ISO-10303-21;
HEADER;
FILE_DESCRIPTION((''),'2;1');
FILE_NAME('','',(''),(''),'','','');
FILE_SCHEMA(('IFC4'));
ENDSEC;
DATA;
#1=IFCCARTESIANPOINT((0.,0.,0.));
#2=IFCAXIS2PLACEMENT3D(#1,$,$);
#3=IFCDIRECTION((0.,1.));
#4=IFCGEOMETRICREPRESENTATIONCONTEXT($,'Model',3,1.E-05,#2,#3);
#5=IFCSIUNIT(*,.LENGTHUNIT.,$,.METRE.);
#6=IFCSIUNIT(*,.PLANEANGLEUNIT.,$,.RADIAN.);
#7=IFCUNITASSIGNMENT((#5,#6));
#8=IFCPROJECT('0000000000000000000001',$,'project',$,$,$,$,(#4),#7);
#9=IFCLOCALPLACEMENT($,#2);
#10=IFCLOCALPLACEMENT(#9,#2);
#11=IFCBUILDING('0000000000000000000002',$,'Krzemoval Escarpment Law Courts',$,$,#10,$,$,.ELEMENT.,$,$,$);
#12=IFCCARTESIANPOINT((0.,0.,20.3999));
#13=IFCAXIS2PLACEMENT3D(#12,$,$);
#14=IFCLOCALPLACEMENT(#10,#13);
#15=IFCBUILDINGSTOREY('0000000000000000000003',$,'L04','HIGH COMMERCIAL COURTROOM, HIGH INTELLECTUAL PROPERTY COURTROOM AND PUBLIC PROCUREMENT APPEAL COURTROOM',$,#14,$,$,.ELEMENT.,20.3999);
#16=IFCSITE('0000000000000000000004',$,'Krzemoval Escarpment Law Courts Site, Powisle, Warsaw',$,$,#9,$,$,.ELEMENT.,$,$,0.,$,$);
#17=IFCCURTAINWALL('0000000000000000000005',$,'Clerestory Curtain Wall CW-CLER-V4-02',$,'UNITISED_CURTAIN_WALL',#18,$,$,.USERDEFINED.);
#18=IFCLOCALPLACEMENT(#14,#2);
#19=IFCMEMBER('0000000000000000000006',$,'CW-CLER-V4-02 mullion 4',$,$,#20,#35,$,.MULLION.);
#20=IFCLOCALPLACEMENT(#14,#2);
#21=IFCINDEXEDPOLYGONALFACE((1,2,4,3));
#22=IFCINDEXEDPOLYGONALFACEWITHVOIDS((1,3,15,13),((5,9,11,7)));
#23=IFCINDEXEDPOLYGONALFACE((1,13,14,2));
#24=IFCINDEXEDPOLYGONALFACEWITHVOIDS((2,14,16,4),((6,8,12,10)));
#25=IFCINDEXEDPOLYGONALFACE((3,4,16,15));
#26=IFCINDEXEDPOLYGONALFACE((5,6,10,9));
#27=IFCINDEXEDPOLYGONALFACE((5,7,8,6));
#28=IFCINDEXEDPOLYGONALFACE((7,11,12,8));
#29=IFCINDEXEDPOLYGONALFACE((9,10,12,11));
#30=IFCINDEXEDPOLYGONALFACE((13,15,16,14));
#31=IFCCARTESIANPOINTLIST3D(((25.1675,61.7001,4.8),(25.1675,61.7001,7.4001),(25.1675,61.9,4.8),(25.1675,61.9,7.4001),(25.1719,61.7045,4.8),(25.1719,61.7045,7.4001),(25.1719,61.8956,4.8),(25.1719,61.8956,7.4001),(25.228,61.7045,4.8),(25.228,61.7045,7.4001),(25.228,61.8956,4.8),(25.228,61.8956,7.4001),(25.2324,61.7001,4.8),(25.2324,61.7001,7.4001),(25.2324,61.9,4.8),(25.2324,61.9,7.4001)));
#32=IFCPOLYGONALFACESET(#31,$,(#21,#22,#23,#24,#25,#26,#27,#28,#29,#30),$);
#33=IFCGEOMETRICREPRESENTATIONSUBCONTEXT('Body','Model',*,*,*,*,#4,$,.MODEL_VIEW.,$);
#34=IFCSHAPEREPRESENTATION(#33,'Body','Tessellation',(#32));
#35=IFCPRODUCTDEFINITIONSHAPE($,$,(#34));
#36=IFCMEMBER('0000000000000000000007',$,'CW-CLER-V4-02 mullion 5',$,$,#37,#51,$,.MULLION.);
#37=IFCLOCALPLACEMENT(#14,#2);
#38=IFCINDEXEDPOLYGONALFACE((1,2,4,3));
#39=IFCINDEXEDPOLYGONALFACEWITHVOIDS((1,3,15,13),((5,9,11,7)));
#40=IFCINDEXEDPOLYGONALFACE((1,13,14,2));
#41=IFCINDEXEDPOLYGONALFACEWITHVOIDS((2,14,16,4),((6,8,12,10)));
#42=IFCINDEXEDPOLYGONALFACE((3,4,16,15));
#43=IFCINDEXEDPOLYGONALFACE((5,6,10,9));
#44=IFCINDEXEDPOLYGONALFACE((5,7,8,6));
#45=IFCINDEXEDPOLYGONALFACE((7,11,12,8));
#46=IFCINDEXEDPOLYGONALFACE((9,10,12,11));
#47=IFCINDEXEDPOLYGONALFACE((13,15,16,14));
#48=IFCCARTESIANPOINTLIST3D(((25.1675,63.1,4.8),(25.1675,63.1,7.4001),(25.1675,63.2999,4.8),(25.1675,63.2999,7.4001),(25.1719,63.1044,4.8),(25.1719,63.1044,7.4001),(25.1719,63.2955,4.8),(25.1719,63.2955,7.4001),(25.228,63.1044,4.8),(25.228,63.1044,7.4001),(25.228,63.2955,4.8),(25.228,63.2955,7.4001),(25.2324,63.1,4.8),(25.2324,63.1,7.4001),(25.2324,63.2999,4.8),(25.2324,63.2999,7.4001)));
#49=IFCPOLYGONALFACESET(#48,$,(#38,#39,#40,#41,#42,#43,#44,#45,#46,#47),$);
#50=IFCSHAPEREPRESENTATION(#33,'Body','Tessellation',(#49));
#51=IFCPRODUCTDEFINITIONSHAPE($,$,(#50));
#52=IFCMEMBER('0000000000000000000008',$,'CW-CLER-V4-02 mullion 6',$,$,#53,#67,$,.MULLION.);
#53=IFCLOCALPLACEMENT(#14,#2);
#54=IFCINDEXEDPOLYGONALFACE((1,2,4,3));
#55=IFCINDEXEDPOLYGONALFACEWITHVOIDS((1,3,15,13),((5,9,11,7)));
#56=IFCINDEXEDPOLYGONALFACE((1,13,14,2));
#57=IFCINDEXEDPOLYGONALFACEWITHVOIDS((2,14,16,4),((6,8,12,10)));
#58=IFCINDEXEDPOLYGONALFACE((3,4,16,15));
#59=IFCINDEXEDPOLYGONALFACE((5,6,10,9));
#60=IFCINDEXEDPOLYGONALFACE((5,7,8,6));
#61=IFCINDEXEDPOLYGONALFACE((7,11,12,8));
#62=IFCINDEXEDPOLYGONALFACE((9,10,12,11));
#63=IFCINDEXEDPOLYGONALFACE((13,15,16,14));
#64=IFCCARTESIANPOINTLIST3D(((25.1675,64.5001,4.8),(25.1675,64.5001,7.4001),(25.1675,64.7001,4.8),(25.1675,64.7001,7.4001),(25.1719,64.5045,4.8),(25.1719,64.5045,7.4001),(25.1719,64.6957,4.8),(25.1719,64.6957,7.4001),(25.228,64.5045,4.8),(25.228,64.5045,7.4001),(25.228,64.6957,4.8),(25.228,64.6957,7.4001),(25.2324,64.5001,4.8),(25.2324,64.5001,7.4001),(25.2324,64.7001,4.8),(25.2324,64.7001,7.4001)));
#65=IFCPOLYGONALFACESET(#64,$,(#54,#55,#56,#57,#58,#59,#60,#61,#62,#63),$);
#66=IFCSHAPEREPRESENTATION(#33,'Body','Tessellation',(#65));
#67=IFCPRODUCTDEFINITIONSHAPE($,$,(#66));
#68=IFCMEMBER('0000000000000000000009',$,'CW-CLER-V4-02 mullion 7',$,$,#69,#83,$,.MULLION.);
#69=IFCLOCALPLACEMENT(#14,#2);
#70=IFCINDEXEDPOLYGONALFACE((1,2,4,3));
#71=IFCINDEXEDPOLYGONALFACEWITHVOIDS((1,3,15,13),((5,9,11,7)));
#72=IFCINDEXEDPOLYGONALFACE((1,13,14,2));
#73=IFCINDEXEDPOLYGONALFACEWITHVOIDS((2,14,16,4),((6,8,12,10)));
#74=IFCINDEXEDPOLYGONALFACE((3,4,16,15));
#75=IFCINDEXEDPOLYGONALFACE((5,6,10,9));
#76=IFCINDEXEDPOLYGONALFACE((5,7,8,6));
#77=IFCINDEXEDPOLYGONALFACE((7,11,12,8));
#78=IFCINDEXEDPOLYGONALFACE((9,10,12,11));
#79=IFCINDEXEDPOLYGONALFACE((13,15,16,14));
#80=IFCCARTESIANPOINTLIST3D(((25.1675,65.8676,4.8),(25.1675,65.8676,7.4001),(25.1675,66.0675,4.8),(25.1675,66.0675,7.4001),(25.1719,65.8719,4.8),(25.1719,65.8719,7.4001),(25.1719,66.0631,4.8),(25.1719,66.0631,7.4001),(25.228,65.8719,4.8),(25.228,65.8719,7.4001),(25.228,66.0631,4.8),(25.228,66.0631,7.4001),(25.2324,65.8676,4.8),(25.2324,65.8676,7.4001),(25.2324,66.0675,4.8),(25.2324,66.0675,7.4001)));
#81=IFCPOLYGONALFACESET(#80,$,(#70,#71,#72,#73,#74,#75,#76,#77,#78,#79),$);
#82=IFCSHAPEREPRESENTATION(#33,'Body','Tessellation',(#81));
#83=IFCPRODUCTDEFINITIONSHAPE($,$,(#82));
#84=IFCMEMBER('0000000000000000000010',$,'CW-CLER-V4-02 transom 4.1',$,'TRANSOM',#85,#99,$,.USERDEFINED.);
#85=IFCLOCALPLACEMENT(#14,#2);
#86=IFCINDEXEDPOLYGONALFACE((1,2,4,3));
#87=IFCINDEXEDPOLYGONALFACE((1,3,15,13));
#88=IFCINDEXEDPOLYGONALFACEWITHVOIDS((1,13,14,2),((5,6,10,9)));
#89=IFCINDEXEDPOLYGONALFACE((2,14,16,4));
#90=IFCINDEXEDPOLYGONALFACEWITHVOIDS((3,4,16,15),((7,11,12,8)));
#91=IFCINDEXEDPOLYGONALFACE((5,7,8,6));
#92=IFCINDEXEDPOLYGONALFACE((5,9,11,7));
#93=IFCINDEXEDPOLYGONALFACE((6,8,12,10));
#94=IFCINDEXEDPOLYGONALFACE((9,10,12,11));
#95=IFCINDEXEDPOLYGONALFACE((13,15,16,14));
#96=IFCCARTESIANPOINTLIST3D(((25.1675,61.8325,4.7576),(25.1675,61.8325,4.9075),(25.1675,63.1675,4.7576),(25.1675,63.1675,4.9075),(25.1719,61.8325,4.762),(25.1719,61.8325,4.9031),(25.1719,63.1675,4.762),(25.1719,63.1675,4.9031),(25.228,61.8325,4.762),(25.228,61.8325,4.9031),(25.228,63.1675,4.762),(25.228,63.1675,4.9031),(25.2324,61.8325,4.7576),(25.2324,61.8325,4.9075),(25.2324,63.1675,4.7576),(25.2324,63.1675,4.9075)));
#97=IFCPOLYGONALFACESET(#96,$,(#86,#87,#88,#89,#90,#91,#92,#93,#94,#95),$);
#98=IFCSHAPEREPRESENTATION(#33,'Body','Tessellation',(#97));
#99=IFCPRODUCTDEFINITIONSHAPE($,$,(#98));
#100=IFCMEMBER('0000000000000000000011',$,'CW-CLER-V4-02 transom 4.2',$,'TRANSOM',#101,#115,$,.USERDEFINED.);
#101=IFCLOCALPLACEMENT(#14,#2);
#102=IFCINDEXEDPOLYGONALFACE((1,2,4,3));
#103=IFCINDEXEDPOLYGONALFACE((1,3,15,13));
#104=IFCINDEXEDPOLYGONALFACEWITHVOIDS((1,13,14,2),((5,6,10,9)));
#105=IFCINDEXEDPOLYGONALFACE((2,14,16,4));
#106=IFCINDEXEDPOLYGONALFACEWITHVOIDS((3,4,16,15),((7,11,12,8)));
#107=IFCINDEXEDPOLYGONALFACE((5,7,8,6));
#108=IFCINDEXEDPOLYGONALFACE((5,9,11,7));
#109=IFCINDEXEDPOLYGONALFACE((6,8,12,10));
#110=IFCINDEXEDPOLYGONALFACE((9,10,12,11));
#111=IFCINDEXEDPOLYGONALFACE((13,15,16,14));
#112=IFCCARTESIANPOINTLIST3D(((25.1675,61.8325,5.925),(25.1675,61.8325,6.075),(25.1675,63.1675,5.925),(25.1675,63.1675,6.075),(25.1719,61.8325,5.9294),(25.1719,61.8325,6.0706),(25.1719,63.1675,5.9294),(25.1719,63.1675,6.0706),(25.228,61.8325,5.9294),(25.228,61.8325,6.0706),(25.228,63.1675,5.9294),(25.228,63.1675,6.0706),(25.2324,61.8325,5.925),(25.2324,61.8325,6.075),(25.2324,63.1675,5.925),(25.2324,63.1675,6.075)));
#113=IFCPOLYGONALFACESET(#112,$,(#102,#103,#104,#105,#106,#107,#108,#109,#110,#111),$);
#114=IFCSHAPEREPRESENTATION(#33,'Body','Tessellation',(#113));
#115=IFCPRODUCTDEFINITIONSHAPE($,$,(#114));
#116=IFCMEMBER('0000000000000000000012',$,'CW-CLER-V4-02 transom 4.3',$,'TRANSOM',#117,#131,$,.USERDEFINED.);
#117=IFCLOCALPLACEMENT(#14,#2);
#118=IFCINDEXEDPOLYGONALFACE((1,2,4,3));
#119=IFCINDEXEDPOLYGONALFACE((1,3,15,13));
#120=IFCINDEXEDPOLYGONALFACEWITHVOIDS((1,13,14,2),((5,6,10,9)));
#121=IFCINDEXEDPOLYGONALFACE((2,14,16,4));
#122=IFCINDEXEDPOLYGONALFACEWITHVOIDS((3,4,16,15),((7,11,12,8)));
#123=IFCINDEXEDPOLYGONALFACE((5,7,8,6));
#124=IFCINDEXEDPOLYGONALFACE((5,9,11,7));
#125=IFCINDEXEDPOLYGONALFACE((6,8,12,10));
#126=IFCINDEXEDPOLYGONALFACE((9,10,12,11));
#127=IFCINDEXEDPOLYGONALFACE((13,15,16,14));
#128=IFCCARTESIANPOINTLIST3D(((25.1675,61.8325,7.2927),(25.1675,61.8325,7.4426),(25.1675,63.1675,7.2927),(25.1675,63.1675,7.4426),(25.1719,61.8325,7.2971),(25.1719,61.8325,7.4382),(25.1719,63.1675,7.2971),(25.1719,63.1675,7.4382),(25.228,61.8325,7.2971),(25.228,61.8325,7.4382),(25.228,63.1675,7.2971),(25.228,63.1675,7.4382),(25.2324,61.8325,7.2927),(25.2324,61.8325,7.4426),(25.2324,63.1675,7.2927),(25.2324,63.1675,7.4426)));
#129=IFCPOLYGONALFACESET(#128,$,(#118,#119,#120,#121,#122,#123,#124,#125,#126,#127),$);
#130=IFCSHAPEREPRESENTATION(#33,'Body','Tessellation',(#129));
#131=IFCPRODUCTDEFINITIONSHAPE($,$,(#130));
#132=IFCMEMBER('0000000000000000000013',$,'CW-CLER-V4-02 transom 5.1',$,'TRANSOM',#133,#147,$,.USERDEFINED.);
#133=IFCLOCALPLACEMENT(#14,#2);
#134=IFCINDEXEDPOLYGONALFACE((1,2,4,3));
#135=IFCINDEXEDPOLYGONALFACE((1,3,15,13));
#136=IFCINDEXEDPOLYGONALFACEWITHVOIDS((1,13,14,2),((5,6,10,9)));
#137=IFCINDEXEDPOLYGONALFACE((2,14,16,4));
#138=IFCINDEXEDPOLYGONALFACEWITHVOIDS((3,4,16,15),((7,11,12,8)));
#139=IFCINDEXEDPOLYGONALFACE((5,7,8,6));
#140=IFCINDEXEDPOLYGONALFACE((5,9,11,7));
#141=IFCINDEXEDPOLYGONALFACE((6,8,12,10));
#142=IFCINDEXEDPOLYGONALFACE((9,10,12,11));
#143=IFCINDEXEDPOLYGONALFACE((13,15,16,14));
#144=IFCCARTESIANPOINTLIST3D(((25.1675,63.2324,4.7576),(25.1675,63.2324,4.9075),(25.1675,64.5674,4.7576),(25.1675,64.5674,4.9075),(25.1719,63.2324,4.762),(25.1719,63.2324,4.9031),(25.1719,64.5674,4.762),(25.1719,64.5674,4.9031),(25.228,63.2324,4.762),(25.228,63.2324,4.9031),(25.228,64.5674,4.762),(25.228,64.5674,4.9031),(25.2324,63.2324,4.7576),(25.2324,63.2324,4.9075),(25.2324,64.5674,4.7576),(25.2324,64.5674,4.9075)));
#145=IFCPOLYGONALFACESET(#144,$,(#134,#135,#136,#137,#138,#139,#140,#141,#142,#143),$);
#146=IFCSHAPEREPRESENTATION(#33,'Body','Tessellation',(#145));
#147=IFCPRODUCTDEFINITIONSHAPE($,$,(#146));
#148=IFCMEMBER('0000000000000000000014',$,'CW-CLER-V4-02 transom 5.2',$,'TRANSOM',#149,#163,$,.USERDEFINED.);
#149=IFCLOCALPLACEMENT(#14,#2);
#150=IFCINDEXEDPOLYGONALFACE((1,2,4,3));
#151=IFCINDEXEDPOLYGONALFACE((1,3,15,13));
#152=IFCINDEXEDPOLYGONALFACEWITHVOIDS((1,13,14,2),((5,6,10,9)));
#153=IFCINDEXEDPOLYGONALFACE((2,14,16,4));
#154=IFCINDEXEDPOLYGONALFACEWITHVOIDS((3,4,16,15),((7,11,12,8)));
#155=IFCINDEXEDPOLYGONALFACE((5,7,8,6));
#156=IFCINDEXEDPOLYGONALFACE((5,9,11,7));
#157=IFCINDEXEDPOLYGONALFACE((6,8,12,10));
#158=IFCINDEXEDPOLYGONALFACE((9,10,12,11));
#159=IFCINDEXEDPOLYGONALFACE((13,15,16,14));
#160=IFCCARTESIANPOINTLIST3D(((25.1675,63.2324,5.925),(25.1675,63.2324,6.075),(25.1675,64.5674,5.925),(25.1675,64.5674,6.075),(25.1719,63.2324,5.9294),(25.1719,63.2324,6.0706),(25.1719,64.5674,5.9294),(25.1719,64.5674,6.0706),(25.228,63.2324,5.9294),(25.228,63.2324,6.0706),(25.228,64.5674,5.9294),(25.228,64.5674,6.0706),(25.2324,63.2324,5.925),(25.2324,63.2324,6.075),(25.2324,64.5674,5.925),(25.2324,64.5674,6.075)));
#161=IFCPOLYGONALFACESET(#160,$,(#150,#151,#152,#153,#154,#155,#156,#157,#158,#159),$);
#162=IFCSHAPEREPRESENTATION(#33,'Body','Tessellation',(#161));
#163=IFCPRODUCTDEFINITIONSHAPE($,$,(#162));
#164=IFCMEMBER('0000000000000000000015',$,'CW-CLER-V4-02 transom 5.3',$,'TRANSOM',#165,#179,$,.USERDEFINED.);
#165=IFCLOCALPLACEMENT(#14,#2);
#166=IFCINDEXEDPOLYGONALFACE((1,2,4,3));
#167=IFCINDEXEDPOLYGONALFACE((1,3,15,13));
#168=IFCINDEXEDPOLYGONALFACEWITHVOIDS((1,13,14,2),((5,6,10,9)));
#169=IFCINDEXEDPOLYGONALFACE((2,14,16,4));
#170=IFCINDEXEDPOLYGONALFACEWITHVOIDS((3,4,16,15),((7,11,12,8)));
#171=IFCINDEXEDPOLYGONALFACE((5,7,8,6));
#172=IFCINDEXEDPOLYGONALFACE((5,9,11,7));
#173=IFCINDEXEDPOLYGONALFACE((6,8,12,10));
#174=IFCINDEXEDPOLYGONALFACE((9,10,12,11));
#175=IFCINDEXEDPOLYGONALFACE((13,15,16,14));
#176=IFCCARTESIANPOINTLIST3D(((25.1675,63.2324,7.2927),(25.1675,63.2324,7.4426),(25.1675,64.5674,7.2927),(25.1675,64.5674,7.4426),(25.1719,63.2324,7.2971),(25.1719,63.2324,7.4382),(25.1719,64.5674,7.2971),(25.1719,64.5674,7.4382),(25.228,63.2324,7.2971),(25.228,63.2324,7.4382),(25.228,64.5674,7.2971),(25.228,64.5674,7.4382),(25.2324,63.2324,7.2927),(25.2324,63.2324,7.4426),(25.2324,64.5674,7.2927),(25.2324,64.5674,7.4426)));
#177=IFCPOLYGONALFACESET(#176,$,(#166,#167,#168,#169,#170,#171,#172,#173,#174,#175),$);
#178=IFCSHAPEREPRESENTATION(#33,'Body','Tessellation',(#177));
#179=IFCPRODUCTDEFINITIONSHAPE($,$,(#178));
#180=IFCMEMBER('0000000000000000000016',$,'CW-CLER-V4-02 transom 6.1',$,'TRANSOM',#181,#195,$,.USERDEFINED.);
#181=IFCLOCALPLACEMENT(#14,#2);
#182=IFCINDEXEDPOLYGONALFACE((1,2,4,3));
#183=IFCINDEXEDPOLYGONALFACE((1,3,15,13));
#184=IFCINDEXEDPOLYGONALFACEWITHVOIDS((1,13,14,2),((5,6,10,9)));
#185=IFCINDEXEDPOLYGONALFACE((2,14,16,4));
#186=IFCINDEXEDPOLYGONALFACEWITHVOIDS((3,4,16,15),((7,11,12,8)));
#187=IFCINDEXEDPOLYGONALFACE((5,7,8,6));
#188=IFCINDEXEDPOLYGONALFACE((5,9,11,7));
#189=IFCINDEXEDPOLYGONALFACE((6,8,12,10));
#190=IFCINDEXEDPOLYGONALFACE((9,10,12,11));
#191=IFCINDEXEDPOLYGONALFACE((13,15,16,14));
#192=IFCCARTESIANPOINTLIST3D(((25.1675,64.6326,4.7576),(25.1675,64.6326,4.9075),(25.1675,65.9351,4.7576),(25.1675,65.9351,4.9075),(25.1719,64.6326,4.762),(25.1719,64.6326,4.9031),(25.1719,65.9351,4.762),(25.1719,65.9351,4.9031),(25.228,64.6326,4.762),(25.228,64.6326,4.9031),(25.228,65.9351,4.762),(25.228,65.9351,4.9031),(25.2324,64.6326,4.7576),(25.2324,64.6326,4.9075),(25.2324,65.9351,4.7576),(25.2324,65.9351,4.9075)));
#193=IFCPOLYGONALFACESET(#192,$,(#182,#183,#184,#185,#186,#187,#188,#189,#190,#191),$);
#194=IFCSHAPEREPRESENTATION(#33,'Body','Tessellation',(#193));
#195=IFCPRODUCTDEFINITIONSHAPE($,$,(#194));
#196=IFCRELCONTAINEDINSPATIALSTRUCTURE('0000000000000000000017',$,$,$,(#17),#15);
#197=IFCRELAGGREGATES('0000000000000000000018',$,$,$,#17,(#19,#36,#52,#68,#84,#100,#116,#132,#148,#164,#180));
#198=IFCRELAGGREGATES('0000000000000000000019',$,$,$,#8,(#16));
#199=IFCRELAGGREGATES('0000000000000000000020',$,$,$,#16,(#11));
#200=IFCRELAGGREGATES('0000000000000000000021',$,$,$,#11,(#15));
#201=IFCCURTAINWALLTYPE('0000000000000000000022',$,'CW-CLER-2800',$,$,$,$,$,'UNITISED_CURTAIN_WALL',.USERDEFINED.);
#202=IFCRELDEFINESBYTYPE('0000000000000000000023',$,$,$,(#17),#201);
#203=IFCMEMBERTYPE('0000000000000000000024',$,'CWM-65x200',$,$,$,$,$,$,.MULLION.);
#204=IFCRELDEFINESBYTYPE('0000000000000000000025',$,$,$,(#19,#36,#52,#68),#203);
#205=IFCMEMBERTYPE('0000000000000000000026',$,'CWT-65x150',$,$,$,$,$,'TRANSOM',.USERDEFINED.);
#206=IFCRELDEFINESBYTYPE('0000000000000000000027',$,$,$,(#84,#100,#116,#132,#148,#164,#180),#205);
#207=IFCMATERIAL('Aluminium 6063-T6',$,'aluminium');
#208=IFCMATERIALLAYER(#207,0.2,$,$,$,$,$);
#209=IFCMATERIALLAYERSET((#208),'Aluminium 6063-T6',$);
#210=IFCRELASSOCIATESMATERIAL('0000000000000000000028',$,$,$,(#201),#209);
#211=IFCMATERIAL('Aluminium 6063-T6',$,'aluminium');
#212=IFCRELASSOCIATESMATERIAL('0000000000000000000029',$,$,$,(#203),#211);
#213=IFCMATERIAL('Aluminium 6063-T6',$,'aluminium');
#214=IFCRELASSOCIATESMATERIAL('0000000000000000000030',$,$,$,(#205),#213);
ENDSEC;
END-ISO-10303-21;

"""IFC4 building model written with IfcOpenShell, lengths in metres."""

from ifc_helpers import new_model, si_unit, direction, frame, origin, origin_2d, place, context, subcontext, project, spatial, hollow_rectangle, extrude, material, layer, layer_set, material_profile, profile_set, type_object, element, aggregate, save


model = new_model("IFC4")

# Units and contexts
model_context = context("Model", 3, precision=1e-05, world=origin(), true_north=direction((0.0, 1.0)))
body_context = subcontext(model_context, "Body", "Model", "MODEL_VIEW")
ifc_project = project(units=[si_unit("LENGTHUNIT", "METRE"), si_unit("PLANEANGLEUNIT", "RADIAN")], contexts=[model_context])

# Site, building, storey
site_placement = place(None, origin())
site = spatial("IfcSite", under=ifc_project, at=site_placement, Name="Krzemoval Escarpment Law Courts Site, Powisle, Warsaw", CompositionType="ELEMENT", RefElevation=0.0)
building_placement = place(site_placement, origin())
building = spatial("IfcBuilding", under=site, at=building_placement, Name="Krzemoval Escarpment Law Courts", CompositionType="ELEMENT")
storey_placement = place(building_placement, frame((0.0, 0.0, 20.3999)))
storey = spatial("IfcBuildingStorey", under=building, at=storey_placement, Name="L04", Description="HIGH COMMERCIAL COURTROOM, HIGH INTELLECTUAL PROPERTY COURTROOM AND PUBLIC PROCUREMENT APPEAL COURTROOM", CompositionType="ELEMENT", Elevation=20.3999)

# Curtain wall, members
ifc_material_1 = material(Name="Aluminium 6063-T6", Category="aluminium")
ifc_layer_1 = layer(ifc_material_1, 0.2)
ifc_layer_set_1 = layer_set([ifc_layer_1], Name="Aluminium 6063-T6")
curtain_wall_type = type_object("IfcCurtainWallType", Name="CW-CLER-2800", ElementType="UNITISED_CURTAIN_WALL", PredefinedType="USERDEFINED", material=ifc_layer_set_1)
curtain_wall_placement = place(storey_placement, origin())
curtain_wall = element("IfcCurtainWall", 1, at=curtain_wall_placement, inside=storey, type_object=curtain_wall_type, Name="Clerestory Curtain Wall CW-CLER-V4-02", ObjectType="UNITISED_CURTAIN_WALL", PredefinedType="USERDEFINED")
ifc_material_2 = material(Name="Aluminium 6063-T6", Category="aluminium")
ifc_material_profile_1 = material_profile(ifc_material_2, hollow_rectangle(XDim=0.0649, YDim=0.2, WallThickness=0.0044, at=origin_2d()), Name="ALU M65x200")
ifc_profile_set_1 = profile_set([ifc_material_profile_1], Name="Aluminium 6063-T6")
member_type_1 = type_object("IfcMemberType", Name="CWM-65x200", PredefinedType="MULLION", material=ifc_profile_set_1)
member_1_placement = place(storey_placement, frame((25.2, 61.8, 4.8), z_axis=(0.0, 0.0, 1.0), x_axis=(-1.0, 0.0, 0.0)))
member_1 = element("IfcMember", 2, at=member_1_placement, type_object=member_type_1, Name="CW-CLER-V4-02 mullion 4", PredefinedType="MULLION", context=body_context, shape_type="SweptSolid", body=[
    extrude(hollow_rectangle(XDim=0.0649, YDim=0.2, WallThickness=0.0044, at=origin_2d()), origin(), (0.0, 0.0, 1.0), 2.6001),
])
member_2_placement = place(storey_placement, frame((25.2, 63.2, 4.8), z_axis=(0.0, 0.0, 1.0), x_axis=(-1.0, 0.0, 0.0)))
member_2 = element("IfcMember", 3, at=member_2_placement, type_object=member_type_1, Name="CW-CLER-V4-02 mullion 5", PredefinedType="MULLION", context=body_context, shape_type="SweptSolid", body=[
    extrude(hollow_rectangle(XDim=0.0649, YDim=0.2, WallThickness=0.0044, at=origin_2d()), origin(), (0.0, 0.0, 1.0), 2.6001),
])
member_3_placement = place(storey_placement, frame((25.2, 64.6001, 4.8), z_axis=(0.0, 0.0, 1.0), x_axis=(-1.0, 0.0, 0.0)))
member_3 = element("IfcMember", 4, at=member_3_placement, type_object=member_type_1, Name="CW-CLER-V4-02 mullion 6", PredefinedType="MULLION", context=body_context, shape_type="SweptSolid", body=[
    extrude(hollow_rectangle(XDim=0.0649, YDim=0.2, WallThickness=0.0044, at=origin_2d()), origin(), (0.0, 0.0, 1.0), 2.6001),
])
member_4_placement = place(storey_placement, frame((25.2, 65.9675, 4.8), z_axis=(0.0, 0.0, 1.0), x_axis=(-1.0, 0.0, 0.0)))
member_4 = element("IfcMember", 5, at=member_4_placement, type_object=member_type_1, Name="CW-CLER-V4-02 mullion 7", PredefinedType="MULLION", context=body_context, shape_type="SweptSolid", body=[
    extrude(hollow_rectangle(XDim=0.0649, YDim=0.2, WallThickness=0.0044, at=origin_2d()), origin(), (0.0, 0.0, 1.0), 2.6001),
])
ifc_material_3 = material(Name="Aluminium 6063-T6", Category="aluminium")
ifc_material_profile_2 = material_profile(ifc_material_3, hollow_rectangle(XDim=0.0649, YDim=0.1499, WallThickness=0.0044, at=origin_2d()), Name="ALU T65x150")
ifc_profile_set_2 = profile_set([ifc_material_profile_2], Name="Aluminium 6063-T6")
member_type_2 = type_object("IfcMemberType", Name="CWT-65x150", ElementType="TRANSOM", PredefinedType="USERDEFINED", material=ifc_profile_set_2)
member_5_placement = place(storey_placement, frame((25.2, 61.8325, 4.8325), z_axis=(0.0, 1.0, 0.0), x_axis=(-1.0, 0.0, 0.0)))
member_5 = element("IfcMember", 6, at=member_5_placement, type_object=member_type_2, Name="CW-CLER-V4-02 transom 4.1", ObjectType="TRANSOM", PredefinedType="USERDEFINED", context=body_context, shape_type="SweptSolid", body=[
    extrude(hollow_rectangle(XDim=0.0649, YDim=0.1499, WallThickness=0.0044, at=origin_2d()), origin(), (0.0, 0.0, 1.0), 1.335),
])
member_6_placement = place(storey_placement, frame((25.2, 61.8325, 6.0), z_axis=(0.0, 1.0, 0.0), x_axis=(-1.0, 0.0, 0.0)))
member_6 = element("IfcMember", 7, at=member_6_placement, type_object=member_type_2, Name="CW-CLER-V4-02 transom 4.2", ObjectType="TRANSOM", PredefinedType="USERDEFINED", context=body_context, shape_type="SweptSolid", body=[
    extrude(hollow_rectangle(XDim=0.0649, YDim=0.1499, WallThickness=0.0044, at=origin_2d()), origin(), (0.0, 0.0, 1.0), 1.335),
])
member_7_placement = place(storey_placement, frame((25.2, 61.8325, 7.3677), z_axis=(0.0, 1.0, 0.0), x_axis=(-1.0, 0.0, 0.0)))
member_7 = element("IfcMember", 8, at=member_7_placement, type_object=member_type_2, Name="CW-CLER-V4-02 transom 4.3", ObjectType="TRANSOM", PredefinedType="USERDEFINED", context=body_context, shape_type="SweptSolid", body=[
    extrude(hollow_rectangle(XDim=0.0649, YDim=0.1499, WallThickness=0.0044, at=origin_2d()), origin(), (0.0, 0.0, 1.0), 1.335),
])
member_8_placement = place(storey_placement, frame((25.2, 63.2324, 4.8325), z_axis=(0.0, 1.0, 0.0), x_axis=(-1.0, 0.0, 0.0)))
member_8 = element("IfcMember", 9, at=member_8_placement, type_object=member_type_2, Name="CW-CLER-V4-02 transom 5.1", ObjectType="TRANSOM", PredefinedType="USERDEFINED", context=body_context, shape_type="SweptSolid", body=[
    extrude(hollow_rectangle(XDim=0.0649, YDim=0.1499, WallThickness=0.0044, at=origin_2d()), origin(), (0.0, 0.0, 1.0), 1.335),
])
member_9_placement = place(storey_placement, frame((25.2, 63.2324, 6.0), z_axis=(0.0, 1.0, 0.0), x_axis=(-1.0, 0.0, 0.0)))
member_9 = element("IfcMember", 10, at=member_9_placement, type_object=member_type_2, Name="CW-CLER-V4-02 transom 5.2", ObjectType="TRANSOM", PredefinedType="USERDEFINED", context=body_context, shape_type="SweptSolid", body=[
    extrude(hollow_rectangle(XDim=0.0649, YDim=0.1499, WallThickness=0.0044, at=origin_2d()), origin(), (0.0, 0.0, 1.0), 1.335),
])
member_10_placement = place(storey_placement, frame((25.2, 63.2324, 7.3677), z_axis=(0.0, 1.0, 0.0), x_axis=(-1.0, 0.0, 0.0)))
member_10 = element("IfcMember", 11, at=member_10_placement, type_object=member_type_2, Name="CW-CLER-V4-02 transom 5.3", ObjectType="TRANSOM", PredefinedType="USERDEFINED", context=body_context, shape_type="SweptSolid", body=[
    extrude(hollow_rectangle(XDim=0.0649, YDim=0.1499, WallThickness=0.0044, at=origin_2d()), origin(), (0.0, 0.0, 1.0), 1.335),
])
member_11_placement = place(storey_placement, frame((25.2, 64.6326, 4.8325), z_axis=(0.0, 1.0, 0.0), x_axis=(-1.0, 0.0, 0.0)))
member_11 = element("IfcMember", 12, at=member_11_placement, type_object=member_type_2, Name="CW-CLER-V4-02 transom 6.1", ObjectType="TRANSOM", PredefinedType="USERDEFINED", context=body_context, shape_type="SweptSolid", body=[
    extrude(hollow_rectangle(XDim=0.0649, YDim=0.1499, WallThickness=0.0044, at=origin_2d()), origin(), (0.0, 0.0, 1.0), 1.3025),
])

aggregate(curtain_wall, [member_1, member_2, member_3, member_4, member_5, member_6, member_7, member_8, member_9, member_10, member_11])

save(model, "model.ifc")
